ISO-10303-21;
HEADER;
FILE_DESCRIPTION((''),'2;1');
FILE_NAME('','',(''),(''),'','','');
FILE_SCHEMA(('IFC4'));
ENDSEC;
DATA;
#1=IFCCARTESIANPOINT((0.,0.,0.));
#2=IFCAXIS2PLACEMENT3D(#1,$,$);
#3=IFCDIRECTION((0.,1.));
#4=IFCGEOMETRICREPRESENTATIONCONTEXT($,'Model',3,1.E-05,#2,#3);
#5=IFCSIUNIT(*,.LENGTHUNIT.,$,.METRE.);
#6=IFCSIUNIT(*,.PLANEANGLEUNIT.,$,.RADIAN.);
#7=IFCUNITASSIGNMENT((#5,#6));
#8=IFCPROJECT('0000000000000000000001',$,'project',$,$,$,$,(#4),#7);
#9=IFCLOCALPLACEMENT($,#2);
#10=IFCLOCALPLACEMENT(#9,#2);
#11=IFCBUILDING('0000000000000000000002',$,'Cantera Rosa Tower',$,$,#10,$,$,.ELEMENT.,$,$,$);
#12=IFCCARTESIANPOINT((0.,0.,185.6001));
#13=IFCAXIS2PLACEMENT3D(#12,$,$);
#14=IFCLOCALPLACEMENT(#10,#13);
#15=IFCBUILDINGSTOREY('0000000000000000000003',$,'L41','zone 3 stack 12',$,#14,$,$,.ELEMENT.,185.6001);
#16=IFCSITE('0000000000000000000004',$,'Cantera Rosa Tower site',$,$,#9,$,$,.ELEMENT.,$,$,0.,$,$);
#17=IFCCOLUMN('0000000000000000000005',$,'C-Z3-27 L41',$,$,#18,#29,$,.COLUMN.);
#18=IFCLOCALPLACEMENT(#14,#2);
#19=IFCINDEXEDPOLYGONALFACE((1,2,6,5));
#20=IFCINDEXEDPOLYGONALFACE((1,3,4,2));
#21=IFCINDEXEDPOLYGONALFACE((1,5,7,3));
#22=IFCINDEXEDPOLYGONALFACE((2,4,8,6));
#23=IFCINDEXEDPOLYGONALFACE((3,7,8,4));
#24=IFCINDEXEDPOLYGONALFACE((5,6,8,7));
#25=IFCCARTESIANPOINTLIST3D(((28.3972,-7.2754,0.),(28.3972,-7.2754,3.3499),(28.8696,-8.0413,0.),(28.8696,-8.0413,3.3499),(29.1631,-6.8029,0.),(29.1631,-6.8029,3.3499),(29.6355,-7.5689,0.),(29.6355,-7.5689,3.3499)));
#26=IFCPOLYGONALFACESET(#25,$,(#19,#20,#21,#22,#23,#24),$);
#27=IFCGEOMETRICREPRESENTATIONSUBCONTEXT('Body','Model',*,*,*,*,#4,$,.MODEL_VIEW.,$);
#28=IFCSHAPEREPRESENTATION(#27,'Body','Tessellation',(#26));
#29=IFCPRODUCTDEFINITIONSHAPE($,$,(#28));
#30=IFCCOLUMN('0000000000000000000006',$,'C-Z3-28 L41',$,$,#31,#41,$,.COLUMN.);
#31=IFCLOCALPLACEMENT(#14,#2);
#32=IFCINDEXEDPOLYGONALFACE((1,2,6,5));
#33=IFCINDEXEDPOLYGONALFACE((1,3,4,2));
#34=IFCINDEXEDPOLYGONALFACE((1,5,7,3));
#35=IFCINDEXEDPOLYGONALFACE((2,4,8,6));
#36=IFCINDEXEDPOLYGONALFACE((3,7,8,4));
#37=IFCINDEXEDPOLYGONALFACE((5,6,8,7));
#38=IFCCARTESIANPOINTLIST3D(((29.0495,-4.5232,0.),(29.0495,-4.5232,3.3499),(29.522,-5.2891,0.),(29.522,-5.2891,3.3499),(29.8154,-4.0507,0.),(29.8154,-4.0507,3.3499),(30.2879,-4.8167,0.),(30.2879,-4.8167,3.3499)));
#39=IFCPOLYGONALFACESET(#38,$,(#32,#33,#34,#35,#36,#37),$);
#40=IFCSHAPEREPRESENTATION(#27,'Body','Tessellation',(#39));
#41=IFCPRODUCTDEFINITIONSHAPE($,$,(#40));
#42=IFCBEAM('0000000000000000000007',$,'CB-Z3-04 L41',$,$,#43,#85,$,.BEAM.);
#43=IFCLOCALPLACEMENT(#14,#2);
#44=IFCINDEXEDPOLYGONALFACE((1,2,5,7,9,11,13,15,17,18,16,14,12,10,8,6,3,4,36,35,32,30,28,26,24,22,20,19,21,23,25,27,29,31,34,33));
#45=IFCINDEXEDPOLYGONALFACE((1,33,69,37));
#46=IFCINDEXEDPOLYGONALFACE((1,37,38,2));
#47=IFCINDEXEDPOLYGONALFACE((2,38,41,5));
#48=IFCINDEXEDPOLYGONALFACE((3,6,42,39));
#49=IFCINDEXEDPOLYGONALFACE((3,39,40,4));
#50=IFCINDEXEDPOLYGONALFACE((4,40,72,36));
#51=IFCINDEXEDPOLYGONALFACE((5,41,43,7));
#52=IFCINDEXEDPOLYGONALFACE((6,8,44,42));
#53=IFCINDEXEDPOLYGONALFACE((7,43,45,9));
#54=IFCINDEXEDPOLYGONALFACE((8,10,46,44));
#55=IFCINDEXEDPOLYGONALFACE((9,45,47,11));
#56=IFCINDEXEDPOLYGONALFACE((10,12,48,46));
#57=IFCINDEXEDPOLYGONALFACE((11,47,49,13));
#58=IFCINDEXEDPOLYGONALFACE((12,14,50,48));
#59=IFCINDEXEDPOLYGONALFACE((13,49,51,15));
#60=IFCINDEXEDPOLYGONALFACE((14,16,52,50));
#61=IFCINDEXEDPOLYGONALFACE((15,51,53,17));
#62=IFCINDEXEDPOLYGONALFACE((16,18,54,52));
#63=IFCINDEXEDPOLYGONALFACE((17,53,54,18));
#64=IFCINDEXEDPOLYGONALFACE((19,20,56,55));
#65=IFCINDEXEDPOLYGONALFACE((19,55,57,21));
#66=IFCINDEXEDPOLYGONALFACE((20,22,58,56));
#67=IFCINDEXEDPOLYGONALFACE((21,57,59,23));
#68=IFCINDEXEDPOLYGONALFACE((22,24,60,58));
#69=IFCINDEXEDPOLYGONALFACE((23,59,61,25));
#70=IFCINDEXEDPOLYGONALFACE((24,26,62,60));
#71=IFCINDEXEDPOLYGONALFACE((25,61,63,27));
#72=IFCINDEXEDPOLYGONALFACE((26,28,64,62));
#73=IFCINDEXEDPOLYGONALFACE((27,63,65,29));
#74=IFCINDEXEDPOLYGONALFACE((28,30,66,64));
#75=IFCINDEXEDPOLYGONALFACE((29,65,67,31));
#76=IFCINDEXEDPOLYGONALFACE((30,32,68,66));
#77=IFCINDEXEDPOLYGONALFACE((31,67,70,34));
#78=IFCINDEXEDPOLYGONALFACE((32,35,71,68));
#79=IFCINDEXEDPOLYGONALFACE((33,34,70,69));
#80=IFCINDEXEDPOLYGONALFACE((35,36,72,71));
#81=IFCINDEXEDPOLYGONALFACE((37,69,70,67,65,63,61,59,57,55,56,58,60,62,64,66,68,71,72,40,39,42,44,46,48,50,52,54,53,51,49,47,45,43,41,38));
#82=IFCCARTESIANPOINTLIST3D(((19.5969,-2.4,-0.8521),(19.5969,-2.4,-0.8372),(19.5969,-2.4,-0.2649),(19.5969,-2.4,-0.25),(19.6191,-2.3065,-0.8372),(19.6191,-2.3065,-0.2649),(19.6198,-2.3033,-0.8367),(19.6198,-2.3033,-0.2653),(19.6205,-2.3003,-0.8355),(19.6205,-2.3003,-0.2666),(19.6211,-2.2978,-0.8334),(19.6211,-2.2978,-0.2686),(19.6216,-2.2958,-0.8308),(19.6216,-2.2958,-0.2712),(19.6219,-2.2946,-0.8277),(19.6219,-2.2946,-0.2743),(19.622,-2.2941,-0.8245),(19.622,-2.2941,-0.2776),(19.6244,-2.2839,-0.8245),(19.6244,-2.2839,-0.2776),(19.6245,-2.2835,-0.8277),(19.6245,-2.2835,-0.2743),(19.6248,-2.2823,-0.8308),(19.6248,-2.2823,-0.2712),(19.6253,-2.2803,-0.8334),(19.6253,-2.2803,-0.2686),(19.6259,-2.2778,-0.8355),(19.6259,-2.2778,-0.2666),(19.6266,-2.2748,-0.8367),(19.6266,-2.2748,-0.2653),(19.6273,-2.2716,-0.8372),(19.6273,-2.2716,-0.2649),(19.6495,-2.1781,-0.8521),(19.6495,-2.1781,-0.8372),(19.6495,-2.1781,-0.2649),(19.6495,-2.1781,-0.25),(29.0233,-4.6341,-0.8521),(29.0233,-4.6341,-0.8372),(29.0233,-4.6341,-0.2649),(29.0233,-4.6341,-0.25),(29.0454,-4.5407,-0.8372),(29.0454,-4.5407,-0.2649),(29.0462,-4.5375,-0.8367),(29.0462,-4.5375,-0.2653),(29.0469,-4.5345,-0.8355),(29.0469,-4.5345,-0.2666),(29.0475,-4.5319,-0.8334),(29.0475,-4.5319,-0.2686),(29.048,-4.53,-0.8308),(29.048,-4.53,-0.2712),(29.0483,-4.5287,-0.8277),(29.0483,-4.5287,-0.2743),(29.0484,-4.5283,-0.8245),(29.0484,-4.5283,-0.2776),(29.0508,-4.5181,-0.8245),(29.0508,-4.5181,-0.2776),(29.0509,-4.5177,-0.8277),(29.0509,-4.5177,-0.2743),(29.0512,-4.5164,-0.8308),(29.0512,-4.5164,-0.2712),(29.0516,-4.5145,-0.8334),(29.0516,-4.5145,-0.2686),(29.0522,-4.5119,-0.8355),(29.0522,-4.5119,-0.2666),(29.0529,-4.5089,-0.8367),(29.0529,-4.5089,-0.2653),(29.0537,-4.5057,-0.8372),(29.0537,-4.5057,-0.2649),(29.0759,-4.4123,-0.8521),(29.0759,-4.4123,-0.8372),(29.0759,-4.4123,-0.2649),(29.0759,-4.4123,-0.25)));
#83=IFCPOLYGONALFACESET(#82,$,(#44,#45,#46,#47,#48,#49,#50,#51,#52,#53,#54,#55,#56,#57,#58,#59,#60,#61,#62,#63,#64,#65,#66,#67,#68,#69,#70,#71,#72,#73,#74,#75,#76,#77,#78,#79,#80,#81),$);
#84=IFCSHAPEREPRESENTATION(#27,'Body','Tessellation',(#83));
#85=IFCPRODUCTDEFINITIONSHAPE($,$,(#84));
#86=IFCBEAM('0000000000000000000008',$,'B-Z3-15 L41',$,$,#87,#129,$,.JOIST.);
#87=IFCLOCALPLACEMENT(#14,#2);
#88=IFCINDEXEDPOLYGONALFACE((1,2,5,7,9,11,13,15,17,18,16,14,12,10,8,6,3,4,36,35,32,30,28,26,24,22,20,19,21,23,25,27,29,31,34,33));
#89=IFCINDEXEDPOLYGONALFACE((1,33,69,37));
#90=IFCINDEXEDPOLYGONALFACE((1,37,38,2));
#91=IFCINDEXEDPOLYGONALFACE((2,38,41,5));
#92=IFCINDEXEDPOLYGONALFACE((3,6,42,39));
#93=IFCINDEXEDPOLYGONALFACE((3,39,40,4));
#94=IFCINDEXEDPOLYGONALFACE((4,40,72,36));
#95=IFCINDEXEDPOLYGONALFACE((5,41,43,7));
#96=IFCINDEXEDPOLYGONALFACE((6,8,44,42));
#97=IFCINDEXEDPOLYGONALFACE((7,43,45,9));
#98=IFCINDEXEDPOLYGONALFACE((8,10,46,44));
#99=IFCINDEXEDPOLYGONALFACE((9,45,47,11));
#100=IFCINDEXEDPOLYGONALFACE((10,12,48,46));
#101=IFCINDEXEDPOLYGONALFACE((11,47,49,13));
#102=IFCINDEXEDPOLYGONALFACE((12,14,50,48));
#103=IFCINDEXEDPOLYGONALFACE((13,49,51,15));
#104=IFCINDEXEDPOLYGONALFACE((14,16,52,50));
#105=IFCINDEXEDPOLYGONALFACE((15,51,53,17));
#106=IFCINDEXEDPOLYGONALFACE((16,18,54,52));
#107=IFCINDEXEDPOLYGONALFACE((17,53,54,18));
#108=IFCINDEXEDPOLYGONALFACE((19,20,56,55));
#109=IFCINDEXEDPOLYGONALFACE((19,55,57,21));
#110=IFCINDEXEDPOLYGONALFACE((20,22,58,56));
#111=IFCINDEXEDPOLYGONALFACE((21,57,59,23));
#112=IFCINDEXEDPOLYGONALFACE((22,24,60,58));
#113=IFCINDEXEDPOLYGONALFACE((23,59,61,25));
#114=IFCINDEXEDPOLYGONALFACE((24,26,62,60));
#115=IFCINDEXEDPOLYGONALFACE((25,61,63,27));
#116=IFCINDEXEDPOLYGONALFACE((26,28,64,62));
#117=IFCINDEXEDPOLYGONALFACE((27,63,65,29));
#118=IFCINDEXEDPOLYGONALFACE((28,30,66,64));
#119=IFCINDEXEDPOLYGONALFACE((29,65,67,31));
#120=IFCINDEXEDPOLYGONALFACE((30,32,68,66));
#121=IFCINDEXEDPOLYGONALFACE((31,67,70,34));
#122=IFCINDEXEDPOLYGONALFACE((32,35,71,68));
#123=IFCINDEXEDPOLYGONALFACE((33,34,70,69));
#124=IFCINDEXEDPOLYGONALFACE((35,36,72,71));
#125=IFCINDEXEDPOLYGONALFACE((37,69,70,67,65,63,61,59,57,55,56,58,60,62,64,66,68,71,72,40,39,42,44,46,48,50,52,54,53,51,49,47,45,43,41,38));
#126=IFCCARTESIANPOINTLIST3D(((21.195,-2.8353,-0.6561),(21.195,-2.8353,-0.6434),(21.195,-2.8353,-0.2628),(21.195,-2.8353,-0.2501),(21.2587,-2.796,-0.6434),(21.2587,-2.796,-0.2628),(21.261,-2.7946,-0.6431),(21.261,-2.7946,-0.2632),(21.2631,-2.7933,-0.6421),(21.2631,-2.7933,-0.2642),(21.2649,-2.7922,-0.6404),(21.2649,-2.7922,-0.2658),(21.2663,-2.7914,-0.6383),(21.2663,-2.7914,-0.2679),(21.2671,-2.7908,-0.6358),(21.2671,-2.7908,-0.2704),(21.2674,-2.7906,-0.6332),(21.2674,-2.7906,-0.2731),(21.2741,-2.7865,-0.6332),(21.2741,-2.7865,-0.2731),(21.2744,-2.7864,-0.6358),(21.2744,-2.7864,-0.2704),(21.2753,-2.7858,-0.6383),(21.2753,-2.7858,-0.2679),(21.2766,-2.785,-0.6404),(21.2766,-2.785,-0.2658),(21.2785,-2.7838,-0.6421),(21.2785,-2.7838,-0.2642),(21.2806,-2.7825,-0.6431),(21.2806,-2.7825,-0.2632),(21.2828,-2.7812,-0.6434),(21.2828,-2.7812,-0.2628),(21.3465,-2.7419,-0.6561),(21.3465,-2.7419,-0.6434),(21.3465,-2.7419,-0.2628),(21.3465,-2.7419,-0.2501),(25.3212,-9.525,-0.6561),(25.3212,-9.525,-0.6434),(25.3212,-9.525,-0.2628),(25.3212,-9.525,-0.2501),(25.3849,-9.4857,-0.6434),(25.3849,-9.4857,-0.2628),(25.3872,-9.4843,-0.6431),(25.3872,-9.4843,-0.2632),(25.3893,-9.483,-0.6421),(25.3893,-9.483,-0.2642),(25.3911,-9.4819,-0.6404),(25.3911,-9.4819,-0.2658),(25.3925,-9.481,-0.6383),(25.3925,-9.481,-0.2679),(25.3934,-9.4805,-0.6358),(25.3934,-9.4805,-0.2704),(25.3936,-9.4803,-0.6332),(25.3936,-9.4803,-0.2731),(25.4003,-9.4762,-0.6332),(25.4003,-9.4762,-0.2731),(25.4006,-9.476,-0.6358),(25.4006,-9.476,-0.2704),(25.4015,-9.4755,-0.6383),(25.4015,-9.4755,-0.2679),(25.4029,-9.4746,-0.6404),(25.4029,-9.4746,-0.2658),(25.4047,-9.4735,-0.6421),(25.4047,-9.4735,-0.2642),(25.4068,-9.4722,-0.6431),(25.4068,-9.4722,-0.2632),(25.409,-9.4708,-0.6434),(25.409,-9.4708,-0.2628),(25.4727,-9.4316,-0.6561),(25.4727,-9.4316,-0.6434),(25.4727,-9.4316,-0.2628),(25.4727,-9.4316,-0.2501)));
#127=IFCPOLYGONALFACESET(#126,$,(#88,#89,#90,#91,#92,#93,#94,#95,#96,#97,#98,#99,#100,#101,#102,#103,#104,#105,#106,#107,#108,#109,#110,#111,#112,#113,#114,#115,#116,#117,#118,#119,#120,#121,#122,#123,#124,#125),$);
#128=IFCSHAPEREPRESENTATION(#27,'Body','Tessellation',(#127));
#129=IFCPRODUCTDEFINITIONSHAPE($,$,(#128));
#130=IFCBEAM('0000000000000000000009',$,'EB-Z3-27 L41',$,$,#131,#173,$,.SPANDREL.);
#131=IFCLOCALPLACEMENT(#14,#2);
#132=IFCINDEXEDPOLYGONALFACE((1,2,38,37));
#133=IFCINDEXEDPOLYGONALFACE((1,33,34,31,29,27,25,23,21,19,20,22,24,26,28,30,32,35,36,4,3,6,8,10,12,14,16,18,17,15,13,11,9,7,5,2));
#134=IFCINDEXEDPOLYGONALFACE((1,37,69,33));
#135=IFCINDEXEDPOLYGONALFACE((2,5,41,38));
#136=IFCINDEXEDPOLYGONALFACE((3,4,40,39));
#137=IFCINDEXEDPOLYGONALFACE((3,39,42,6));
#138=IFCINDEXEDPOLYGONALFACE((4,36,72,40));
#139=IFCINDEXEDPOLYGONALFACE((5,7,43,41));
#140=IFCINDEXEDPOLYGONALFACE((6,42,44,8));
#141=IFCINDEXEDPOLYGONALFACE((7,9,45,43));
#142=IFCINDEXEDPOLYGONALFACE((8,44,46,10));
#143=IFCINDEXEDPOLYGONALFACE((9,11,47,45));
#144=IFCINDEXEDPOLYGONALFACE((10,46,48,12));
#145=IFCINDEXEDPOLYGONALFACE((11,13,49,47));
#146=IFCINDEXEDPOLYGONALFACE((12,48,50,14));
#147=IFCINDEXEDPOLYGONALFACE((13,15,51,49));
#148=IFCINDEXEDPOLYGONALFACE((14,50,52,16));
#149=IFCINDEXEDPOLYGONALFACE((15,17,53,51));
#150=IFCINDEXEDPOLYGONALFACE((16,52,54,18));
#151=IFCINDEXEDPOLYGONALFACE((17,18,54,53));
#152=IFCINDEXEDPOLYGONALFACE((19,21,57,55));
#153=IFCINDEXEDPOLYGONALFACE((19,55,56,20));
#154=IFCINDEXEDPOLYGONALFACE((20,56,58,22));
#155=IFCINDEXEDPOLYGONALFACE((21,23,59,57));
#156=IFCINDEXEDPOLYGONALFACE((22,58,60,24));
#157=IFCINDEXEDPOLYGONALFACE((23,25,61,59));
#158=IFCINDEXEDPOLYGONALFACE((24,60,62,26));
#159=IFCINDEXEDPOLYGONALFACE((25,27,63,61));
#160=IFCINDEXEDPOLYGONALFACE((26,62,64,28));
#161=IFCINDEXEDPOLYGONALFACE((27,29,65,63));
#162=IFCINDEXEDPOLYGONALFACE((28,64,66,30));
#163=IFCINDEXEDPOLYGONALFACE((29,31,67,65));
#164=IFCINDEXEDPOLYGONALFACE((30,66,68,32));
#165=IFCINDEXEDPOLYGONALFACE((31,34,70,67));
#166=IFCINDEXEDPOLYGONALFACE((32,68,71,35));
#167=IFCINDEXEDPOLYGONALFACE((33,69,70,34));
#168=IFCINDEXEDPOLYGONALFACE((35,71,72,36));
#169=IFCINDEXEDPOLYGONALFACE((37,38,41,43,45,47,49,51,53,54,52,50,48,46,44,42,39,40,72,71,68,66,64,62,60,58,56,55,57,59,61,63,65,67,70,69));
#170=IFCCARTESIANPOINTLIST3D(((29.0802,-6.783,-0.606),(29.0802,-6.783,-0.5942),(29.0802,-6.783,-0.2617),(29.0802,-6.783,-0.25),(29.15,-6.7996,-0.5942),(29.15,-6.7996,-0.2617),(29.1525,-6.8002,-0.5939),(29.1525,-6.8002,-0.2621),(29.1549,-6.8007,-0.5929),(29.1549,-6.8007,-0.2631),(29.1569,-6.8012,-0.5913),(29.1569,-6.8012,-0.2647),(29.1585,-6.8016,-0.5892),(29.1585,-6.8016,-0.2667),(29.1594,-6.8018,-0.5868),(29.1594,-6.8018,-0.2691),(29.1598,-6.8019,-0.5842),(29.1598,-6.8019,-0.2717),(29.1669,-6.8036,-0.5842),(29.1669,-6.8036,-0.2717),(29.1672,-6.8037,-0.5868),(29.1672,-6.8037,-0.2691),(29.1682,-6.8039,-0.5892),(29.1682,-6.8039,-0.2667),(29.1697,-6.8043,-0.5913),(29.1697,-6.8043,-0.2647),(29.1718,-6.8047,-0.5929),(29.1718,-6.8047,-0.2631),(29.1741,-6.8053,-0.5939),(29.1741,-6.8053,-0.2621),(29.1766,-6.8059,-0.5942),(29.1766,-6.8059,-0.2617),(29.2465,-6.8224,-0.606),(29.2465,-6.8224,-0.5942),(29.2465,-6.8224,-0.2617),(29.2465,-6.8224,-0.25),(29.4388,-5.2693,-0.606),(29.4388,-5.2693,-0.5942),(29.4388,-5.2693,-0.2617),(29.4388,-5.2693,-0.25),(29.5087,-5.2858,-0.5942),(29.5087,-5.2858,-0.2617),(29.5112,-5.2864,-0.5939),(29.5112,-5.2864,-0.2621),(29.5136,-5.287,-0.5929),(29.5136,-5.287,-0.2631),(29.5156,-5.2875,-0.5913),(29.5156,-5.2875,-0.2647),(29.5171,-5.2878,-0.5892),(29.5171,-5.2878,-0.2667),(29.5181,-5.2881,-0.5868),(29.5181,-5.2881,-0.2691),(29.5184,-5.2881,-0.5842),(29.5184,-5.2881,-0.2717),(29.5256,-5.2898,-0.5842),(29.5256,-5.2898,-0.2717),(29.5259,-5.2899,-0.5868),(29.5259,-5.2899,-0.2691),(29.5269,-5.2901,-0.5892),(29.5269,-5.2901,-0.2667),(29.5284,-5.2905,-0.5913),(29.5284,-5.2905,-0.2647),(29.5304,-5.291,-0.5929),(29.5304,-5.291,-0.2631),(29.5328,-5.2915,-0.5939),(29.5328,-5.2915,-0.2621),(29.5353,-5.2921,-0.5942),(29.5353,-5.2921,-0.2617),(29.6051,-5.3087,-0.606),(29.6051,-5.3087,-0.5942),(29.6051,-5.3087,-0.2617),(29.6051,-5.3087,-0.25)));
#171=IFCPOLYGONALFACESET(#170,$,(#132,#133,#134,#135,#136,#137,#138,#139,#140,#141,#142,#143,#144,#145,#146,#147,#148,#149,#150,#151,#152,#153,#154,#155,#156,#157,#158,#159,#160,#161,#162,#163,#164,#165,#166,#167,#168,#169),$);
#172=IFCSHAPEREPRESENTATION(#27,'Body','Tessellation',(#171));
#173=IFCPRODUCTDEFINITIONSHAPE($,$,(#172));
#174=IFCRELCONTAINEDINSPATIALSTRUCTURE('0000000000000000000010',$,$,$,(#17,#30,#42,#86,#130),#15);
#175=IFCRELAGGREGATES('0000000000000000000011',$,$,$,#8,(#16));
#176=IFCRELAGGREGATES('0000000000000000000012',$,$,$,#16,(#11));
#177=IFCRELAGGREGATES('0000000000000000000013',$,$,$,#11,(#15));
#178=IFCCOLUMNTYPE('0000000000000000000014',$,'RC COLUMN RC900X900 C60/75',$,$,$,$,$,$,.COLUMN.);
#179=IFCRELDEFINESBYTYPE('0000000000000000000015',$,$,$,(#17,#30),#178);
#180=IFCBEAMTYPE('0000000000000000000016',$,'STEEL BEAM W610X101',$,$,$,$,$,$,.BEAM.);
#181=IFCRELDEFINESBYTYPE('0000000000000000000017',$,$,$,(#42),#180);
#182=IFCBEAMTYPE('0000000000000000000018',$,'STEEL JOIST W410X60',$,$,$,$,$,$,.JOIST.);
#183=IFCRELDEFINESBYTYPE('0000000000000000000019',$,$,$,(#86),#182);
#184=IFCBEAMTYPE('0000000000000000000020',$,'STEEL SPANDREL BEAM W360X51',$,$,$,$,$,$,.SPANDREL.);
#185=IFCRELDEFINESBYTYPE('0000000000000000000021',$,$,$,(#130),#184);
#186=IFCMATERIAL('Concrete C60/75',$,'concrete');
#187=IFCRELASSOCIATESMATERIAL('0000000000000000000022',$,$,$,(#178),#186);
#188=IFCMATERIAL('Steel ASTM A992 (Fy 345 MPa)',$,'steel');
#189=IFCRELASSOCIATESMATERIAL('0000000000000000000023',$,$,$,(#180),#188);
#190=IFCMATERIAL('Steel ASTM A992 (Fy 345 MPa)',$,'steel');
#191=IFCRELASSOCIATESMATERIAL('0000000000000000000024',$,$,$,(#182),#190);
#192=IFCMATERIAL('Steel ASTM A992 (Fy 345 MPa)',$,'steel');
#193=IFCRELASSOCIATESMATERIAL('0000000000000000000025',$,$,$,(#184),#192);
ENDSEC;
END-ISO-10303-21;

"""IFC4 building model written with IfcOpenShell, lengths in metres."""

from ifc_helpers import new_model, si_unit, direction, frame, origin, origin_2d, place, context, subcontext, project, spatial, rectangle, i_section, extrude, material, material_profile, profile_set, type_object, element, save


model = new_model("IFC4")

# Units and contexts
model_context = context("Model", 3, precision=1e-05, world=origin(), true_north=direction((0.0, 1.0)))
body_context = subcontext(model_context, "Body", "Model", "MODEL_VIEW")
ifc_project = project(units=[si_unit("LENGTHUNIT", "METRE"), si_unit("PLANEANGLEUNIT", "RADIAN")], contexts=[model_context])

# Site, building, storey
site_placement = place(None, origin())
site = spatial("IfcSite", under=ifc_project, at=site_placement, Name="Cantera Rosa Tower site", CompositionType="ELEMENT", RefElevation=0.0)
building_placement = place(site_placement, origin())
building = spatial("IfcBuilding", under=site, at=building_placement, Name="Cantera Rosa Tower", CompositionType="ELEMENT")
storey_placement = place(building_placement, frame((0.0, 0.0, 185.6001)))
storey = spatial("IfcBuildingStorey", under=building, at=storey_placement, Name="L41", Description="zone 3 stack 12", CompositionType="ELEMENT", Elevation=185.6001)

# Columns
ifc_material_1 = material(Name="Concrete C60/75", Category="concrete")
ifc_material_profile_1 = material_profile(ifc_material_1, rectangle(XDim=0.8999, YDim=0.8999, at=origin_2d()), Name="RC COLUMN RC900X900 C60/75")
ifc_profile_set_1 = profile_set([ifc_material_profile_1], Name="Concrete C60/75")
column_type = type_object("IfcColumnType", Name="RC COLUMN RC900X900 C60/75", PredefinedType="COLUMN", material=ifc_profile_set_1)
for number, where, z_axis, x_axis, name in (
    (1, (29.0164, -7.4221, 0.0), (0.0, 0.0, 1.0), (0.851117, 0.524977, 0.0), "C-Z3-27 L41"),
    (2, (29.6687, -4.6699, 0.0), (0.0, 0.0, 1.0), (0.851117, 0.524977, 0.0), "C-Z3-28 L41"),
):
    element("IfcColumn", number, at=place(storey_placement, frame(where, z_axis=z_axis, x_axis=x_axis)), inside=storey, type_object=column_type, Name=name, PredefinedType="COLUMN", context=body_context, shape_type="SweptSolid", body=[
        extrude(rectangle(XDim=0.8999, YDim=0.8999, at=origin_2d()), origin(), (0.0, 0.0, 1.0), 3.3499),
    ])

# Beams
ifc_material_2 = material(Name="Steel ASTM A992 (Fy 345 MPa)", Category="steel")
ifc_material_profile_2 = material_profile(ifc_material_2, i_section(OverallWidth=0.228, OverallDepth=0.6021, WebThickness=0.0105, FlangeThickness=0.0149, FilletRadius=0.0127, at=origin_2d()), Name="W610X101")
ifc_profile_set_2 = profile_set([ifc_material_profile_2], Name="Steel ASTM A992 (Fy 345 MPa)")
beam_type_1 = type_object("IfcBeamType", Name="STEEL BEAM W610X101", PredefinedType="BEAM", material=ifc_profile_set_2)
beam_1_placement = place(storey_placement, frame((29.0496, -4.5232, -0.551), z_axis=(-0.973043, 0.230622, 0.0), x_axis=(-0.230622, -0.973043, 0.0)))
element("IfcBeam", 3, at=beam_1_placement, inside=storey, type_object=beam_type_1, Name="CB-Z3-04 L41", PredefinedType="BEAM", context=body_context, shape_type="SweptSolid", body=[
    extrude(i_section(OverallWidth=0.228, OverallDepth=0.6021, WebThickness=0.0105, FlangeThickness=0.0149, FilletRadius=0.0127, at=origin_2d()), origin(), (0.0, 0.0, 1.0), 9.6875),
])
ifc_material_3 = material(Name="Steel ASTM A992 (Fy 345 MPa)", Category="steel")
ifc_material_profile_3 = material_profile(ifc_material_3, i_section(OverallWidth=0.178, OverallDepth=0.406, WebThickness=0.0078, FlangeThickness=0.0127, FilletRadius=0.0103, at=origin_2d()), Name="W410X60")
ifc_profile_set_3 = profile_set([ifc_material_profile_3], Name="Steel ASTM A992 (Fy 345 MPa)")
beam_type_2 = type_object("IfcBeamType", Name="STEEL JOIST W410X60", PredefinedType="JOIST", material=ifc_profile_set_3)
beam_2_placement = place(storey_placement, frame((25.397, -9.4783, -0.4531), z_axis=(-0.524972, 0.851119, 0.0), x_axis=(-0.851119, -0.524972, 0.0)))
element("IfcBeam", 4, at=beam_2_placement, inside=storey, type_object=beam_type_2, Name="B-Z3-15 L41", PredefinedType="JOIST", context=body_context, shape_type="SweptSolid", body=[
    extrude(i_section(OverallWidth=0.178, OverallDepth=0.406, WebThickness=0.0078, FlangeThickness=0.0127, FilletRadius=0.0103, at=origin_2d()), origin(), (0.0, 0.0, 1.0), 7.8599),
])
ifc_material_4 = material(Name="Steel ASTM A992 (Fy 345 MPa)", Category="steel")
ifc_material_profile_4 = material_profile(ifc_material_4, i_section(OverallWidth=0.1709, OverallDepth=0.356, WebThickness=0.0073, FlangeThickness=0.0117, FilletRadius=0.01, at=origin_2d()), Name="W360X51")
ifc_profile_set_4 = profile_set([ifc_material_profile_4], Name="Steel ASTM A992 (Fy 345 MPa)")
beam_type_3 = type_object("IfcBeamType", Name="STEEL SPANDREL BEAM W360X51", PredefinedType="SPANDREL", material=ifc_profile_set_4)
for number, where, z_axis, x_axis, name in (
    (5, (29.1633, -6.8027, -0.428), (0.230552, 0.97306, 0.0), (-0.97306, 0.230552, 0.0), "EB-Z3-27 L41"),
):
    element("IfcBeam", number, at=place(storey_placement, frame(where, z_axis=z_axis, x_axis=x_axis)), inside=storey, type_object=beam_type_3, Name=name, PredefinedType="SPANDREL", context=body_context, shape_type="SweptSolid", body=[
        extrude(i_section(OverallWidth=0.1709, OverallDepth=0.356, WebThickness=0.0073, FlangeThickness=0.0117, FilletRadius=0.01, at=origin_2d()), origin(), (0.0, 0.0, 1.0), 1.5557),
    ])

save(model, "model.ifc")
